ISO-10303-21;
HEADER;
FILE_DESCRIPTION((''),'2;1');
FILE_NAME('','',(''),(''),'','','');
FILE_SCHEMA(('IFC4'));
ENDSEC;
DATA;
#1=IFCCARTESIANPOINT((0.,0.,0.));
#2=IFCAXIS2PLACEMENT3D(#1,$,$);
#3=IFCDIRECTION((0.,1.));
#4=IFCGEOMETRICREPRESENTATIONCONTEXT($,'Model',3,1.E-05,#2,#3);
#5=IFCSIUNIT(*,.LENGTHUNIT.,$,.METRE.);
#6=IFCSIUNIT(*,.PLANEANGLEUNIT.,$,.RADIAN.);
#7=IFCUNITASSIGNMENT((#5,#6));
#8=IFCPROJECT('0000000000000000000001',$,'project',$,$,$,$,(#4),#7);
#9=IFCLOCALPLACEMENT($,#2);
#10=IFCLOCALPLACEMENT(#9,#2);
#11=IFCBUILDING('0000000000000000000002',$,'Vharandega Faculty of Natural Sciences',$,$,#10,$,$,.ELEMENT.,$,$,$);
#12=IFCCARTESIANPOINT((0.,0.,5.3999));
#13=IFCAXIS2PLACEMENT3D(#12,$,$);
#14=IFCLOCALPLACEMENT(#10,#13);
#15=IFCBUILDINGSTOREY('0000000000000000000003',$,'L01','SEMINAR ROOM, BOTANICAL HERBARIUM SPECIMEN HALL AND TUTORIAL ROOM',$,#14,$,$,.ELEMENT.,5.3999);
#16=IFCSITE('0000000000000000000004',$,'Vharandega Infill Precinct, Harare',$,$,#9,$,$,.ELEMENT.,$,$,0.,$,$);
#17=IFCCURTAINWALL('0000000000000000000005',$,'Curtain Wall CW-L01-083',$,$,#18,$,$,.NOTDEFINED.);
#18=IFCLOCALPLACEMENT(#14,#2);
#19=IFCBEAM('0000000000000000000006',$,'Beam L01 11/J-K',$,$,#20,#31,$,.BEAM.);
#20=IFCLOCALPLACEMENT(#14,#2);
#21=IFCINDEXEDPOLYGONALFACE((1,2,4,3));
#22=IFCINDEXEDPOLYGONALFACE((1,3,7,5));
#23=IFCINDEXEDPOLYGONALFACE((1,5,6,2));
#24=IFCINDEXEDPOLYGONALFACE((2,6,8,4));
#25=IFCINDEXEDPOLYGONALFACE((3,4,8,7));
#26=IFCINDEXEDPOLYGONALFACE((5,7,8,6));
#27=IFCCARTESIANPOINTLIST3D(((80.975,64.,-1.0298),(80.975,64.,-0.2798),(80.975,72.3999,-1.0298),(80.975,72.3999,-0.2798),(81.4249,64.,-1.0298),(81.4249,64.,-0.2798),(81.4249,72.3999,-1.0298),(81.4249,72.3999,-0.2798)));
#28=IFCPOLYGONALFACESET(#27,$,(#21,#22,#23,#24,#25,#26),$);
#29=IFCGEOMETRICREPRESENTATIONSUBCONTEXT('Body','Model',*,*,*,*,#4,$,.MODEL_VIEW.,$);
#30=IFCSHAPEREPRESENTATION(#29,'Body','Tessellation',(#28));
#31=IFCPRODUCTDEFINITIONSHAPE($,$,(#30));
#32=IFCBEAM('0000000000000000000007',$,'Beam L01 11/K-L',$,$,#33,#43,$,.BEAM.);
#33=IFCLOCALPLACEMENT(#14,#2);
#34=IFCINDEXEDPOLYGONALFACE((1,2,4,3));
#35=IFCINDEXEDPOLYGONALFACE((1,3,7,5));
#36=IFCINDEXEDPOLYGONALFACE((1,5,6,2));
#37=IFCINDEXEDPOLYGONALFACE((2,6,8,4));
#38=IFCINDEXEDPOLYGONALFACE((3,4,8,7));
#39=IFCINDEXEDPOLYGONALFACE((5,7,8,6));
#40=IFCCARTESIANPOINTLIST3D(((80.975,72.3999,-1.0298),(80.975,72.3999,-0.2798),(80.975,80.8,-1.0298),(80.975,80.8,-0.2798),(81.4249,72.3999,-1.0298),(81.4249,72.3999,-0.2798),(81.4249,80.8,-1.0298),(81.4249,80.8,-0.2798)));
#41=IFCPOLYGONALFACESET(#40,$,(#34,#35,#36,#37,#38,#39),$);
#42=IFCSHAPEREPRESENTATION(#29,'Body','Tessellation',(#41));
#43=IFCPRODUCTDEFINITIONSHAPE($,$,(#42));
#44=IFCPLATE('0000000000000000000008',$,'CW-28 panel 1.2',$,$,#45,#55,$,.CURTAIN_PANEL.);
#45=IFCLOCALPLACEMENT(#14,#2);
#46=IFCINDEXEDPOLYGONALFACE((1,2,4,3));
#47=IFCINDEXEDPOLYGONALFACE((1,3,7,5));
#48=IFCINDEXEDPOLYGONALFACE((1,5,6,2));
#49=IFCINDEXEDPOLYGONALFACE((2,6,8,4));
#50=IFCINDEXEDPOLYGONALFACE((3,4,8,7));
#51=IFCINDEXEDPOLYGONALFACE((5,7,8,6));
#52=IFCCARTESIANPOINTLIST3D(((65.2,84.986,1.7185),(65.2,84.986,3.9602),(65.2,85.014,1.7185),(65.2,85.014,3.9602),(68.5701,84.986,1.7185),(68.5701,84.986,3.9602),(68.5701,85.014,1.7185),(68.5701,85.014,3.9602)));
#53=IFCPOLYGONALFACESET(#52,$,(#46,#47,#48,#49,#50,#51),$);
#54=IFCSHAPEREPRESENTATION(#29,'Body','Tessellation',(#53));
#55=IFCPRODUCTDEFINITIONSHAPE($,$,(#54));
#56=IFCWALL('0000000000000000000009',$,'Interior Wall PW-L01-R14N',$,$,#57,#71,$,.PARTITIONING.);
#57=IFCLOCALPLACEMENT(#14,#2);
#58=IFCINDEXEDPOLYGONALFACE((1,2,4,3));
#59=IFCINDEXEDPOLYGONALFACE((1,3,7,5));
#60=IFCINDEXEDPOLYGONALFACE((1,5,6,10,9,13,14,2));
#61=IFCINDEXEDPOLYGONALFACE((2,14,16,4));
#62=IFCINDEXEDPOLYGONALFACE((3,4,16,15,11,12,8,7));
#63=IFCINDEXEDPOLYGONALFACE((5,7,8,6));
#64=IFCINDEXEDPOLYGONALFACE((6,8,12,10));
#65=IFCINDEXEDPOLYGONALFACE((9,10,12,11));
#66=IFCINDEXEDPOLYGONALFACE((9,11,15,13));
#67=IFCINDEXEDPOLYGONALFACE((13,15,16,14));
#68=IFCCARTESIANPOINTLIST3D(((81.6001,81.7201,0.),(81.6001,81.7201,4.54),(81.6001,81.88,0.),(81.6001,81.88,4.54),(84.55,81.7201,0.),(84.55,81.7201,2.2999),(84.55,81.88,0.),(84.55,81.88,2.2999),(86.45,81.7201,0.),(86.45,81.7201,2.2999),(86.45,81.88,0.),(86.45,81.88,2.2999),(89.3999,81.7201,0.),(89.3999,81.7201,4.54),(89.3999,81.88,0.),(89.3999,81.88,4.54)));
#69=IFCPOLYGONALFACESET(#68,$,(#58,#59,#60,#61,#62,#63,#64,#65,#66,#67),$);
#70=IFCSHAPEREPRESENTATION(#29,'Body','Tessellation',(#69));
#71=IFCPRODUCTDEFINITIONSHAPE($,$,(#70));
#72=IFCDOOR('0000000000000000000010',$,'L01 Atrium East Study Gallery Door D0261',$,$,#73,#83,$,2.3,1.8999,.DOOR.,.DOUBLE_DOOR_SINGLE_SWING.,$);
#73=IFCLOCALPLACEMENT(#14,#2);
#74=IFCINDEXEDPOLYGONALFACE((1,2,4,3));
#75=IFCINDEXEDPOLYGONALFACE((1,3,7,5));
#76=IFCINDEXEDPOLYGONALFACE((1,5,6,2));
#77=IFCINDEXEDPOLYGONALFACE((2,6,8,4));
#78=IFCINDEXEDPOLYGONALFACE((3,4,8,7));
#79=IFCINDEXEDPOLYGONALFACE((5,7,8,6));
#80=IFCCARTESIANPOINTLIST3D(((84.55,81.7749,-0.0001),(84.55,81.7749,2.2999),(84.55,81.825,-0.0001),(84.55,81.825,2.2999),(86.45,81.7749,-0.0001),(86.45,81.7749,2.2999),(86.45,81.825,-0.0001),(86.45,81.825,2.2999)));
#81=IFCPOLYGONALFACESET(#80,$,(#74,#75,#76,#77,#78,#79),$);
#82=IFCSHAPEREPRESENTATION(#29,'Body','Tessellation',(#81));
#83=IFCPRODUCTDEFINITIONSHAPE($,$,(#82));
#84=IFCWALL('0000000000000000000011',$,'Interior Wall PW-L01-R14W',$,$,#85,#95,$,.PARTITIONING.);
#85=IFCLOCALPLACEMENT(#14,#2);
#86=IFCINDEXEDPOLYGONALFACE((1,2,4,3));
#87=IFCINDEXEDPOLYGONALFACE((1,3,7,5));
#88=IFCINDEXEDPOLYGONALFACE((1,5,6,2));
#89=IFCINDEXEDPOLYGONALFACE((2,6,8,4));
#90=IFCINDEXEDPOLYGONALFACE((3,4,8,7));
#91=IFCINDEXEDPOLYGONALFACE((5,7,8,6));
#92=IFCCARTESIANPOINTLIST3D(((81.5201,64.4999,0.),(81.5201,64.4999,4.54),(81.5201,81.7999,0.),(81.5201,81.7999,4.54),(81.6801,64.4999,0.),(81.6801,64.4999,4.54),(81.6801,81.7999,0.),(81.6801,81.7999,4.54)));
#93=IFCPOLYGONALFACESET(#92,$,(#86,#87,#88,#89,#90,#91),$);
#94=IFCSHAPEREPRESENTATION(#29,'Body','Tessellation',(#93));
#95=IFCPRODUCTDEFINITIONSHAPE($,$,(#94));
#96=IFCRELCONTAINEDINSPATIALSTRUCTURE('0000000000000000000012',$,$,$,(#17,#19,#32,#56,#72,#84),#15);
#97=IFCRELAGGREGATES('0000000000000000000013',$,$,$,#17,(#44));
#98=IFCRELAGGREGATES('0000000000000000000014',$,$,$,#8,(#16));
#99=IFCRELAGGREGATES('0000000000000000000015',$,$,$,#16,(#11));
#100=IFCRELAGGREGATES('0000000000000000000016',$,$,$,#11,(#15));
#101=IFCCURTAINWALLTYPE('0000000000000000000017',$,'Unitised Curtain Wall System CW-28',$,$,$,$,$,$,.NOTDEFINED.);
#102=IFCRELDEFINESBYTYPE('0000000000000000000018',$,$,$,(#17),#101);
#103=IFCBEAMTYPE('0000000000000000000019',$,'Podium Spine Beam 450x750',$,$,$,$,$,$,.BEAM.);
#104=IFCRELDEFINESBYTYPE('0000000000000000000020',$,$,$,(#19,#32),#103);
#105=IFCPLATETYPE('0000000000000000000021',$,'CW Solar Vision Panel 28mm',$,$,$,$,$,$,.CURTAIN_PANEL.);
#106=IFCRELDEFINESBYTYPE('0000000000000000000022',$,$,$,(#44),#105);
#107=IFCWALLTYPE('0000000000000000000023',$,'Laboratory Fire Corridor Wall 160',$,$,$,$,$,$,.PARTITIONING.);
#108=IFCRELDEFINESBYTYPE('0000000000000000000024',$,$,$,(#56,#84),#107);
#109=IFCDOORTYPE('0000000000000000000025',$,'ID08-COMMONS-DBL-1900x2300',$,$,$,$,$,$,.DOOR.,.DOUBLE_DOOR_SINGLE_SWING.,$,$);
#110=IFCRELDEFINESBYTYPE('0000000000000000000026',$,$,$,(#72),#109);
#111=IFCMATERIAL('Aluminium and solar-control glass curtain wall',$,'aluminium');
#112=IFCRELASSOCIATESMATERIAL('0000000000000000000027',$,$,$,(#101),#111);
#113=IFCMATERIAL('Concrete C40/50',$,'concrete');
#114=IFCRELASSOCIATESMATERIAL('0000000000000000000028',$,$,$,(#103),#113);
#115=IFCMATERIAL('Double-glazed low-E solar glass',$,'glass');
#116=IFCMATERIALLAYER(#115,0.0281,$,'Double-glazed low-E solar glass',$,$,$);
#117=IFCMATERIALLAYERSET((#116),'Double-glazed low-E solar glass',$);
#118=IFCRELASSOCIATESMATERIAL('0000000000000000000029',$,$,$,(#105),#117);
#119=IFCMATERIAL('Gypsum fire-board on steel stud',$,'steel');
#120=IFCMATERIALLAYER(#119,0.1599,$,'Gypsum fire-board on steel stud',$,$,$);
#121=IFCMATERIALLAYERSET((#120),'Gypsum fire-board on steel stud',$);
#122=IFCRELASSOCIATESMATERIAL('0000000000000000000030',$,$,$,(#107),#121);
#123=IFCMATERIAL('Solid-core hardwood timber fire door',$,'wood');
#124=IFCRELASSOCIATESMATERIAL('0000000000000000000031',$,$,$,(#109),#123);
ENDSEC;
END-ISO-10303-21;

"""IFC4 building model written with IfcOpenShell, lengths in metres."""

from ifc_helpers import new_model, si_unit, direction, frame, frame_2d, origin, origin_2d, place, context, subcontext, project, spatial, rectangle, extrude, material, layer, layer_set, material_profile, profile_set, type_object, element, fill, aggregate, save


model = new_model("IFC4")

# Units and contexts
model_context = context("Model", 3, precision=1e-05, world=origin(), true_north=direction((0.0, 1.0)))
body_context = subcontext(model_context, "Body", "Model", "MODEL_VIEW")
ifc_project = project(units=[si_unit("LENGTHUNIT", "METRE"), si_unit("PLANEANGLEUNIT", "RADIAN")], contexts=[model_context])

# Site, building, storey
site_placement = place(None, origin())
site = spatial("IfcSite", under=ifc_project, at=site_placement, Name="Vharandega Infill Precinct, Harare", CompositionType="ELEMENT", RefElevation=0.0)
building_placement = place(site_placement, origin())
building = spatial("IfcBuilding", under=site, at=building_placement, Name="Vharandega Faculty of Natural Sciences", CompositionType="ELEMENT")
storey_placement = place(building_placement, frame((0.0, 0.0, 5.3999)))
storey = spatial("IfcBuildingStorey", under=building, at=storey_placement, Name="L01", Description="SEMINAR ROOM, BOTANICAL HERBARIUM SPECIMEN HALL AND TUTORIAL ROOM", CompositionType="ELEMENT", Elevation=5.3999)

# Curtain wall
ifc_material_1 = material(Name="Aluminium and solar-control glass curtain wall", Category="aluminium")
curtain_wall_type = type_object("IfcCurtainWallType", Name="Unitised Curtain Wall System CW-28", PredefinedType="NOTDEFINED", material=ifc_material_1)
curtain_wall_placement = place(storey_placement, origin())
curtain_wall = element("IfcCurtainWall", 1, at=curtain_wall_placement, inside=storey, type_object=curtain_wall_type, Name="Curtain Wall CW-L01-083", PredefinedType="NOTDEFINED")

# Beams
ifc_material_2 = material(Name="Concrete C40/50", Category="concrete")
ifc_material_profile_1 = material_profile(ifc_material_2, rectangle(XDim=0.45, YDim=0.75, at=origin_2d()), Name="RC 450x750")
ifc_profile_set_1 = profile_set([ifc_material_profile_1], Name="Concrete C40/50")
beam_type_1 = type_object("IfcBeamType", Name="Podium Spine Beam 450x750", PredefinedType="BEAM", material=ifc_profile_set_1)
beam_1_placement = place(storey_placement, frame((81.2, 64.0, -0.6548), z_axis=(0.0, 1.0, 0.0), x_axis=(-1.0, 0.0, 0.0)))
element("IfcBeam", 2, at=beam_1_placement, inside=storey, type_object=beam_type_1, Name="Beam L01 11/J-K", PredefinedType="BEAM", context=body_context, shape_type="SweptSolid", body=[
    extrude(rectangle(XDim=0.45, YDim=0.75, at=origin_2d()), origin(), (0.0, 0.0, 1.0), 8.3999),
])
beam_2_placement = place(storey_placement, frame((81.2, 72.3999, -0.6548), z_axis=(0.0, 1.0, 0.0), x_axis=(-1.0, 0.0, 0.0)))
element("IfcBeam", 3, at=beam_2_placement, inside=storey, type_object=beam_type_1, Name="Beam L01 11/K-L", PredefinedType="BEAM", context=body_context, shape_type="SweptSolid", body=[
    extrude(rectangle(XDim=0.45, YDim=0.75, at=origin_2d()), origin(), (0.0, 0.0, 1.0), 8.4001),
])

# Plate
ifc_material_3 = material(Name="Double-glazed low-E solar glass", Category="glass")
ifc_layer_1 = layer(ifc_material_3, 0.0281, Name="Double-glazed low-E solar glass")
ifc_layer_set_1 = layer_set([ifc_layer_1], Name="Double-glazed low-E solar glass")
plate_type = type_object("IfcPlateType", Name="CW Solar Vision Panel 28mm", PredefinedType="CURTAIN_PANEL", material=ifc_layer_set_1)
plate_placement = place(storey_placement, frame((66.885, 85.0, 1.7185), z_axis=(0.0, 0.0, 1.0), x_axis=(1.0, 0.0, 0.0)))
plate = element("IfcPlate", 4, at=plate_placement, type_object=plate_type, Name="CW-28 panel 1.2", PredefinedType="CURTAIN_PANEL", context=body_context, shape_type="SweptSolid", body=[
    extrude(rectangle(XDim=3.3701, YDim=0.0281, at=origin_2d()), origin(), (0.0, 0.0, 1.0), 2.2417),
])
aggregate(curtain_wall, [plate])

# Wall, opening, door
ifc_material_4 = material(Name="Gypsum fire-board on steel stud", Category="steel")
ifc_layer_2 = layer(ifc_material_4, 0.1599, Name="Gypsum fire-board on steel stud")
ifc_layer_set_2 = layer_set([ifc_layer_2], Name="Gypsum fire-board on steel stud")
wall_type = type_object("IfcWallType", Name="Laboratory Fire Corridor Wall 160", PredefinedType="PARTITIONING", material=ifc_layer_set_2)
wall_1_placement = place(storey_placement, frame((81.6001, 81.8, 0.0), z_axis=(0.0, 0.0, 1.0), x_axis=(1.0, 0.0, 0.0)))
wall_1 = element("IfcWall", 5, at=wall_1_placement, inside=storey, type_object=wall_type, Name="Interior Wall PW-L01-R14N", PredefinedType="PARTITIONING", context=body_context, shape_type="SweptSolid", body=[
    extrude(rectangle(XDim=7.7998, YDim=0.1599, at=frame_2d((3.8999, 0.0))), origin(), (0.0, 0.0, 1.0), 4.54),
])
opening_placement = place(wall_1_placement, frame((2.95, 0.0, 0.0)))
opening = element("IfcOpeningElement", 6, at=opening_placement, cuts=wall_1, PredefinedType="OPENING", context=body_context, shape_type="SweptSolid", body=[
    extrude(rectangle(XDim=1.8999, YDim=2.3, at=frame_2d((0.95, 1.1499))), frame((0.0, 0.0898, 0.0), z_axis=(0.0, -1.0, 0.0), x_axis=(1.0, 0.0, 0.0)), (0.0, 0.0, 1.0), 0.1799),
])
ifc_material_5 = material(Name="Solid-core hardwood timber fire door", Category="wood")
door_type = type_object("IfcDoorType", Name="ID08-COMMONS-DBL-1900x2300", OperationType="DOUBLE_DOOR_SINGLE_SWING", PredefinedType="DOOR", material=ifc_material_5)
door_placement = place(opening_placement, origin())
door = element("IfcDoor", 7, at=door_placement, inside=storey, type_object=door_type, Name="L01 Atrium East Study Gallery Door D0261", OperationType="DOUBLE_DOOR_SINGLE_SWING", OverallHeight=2.3, OverallWidth=1.8999, PredefinedType="DOOR", context=body_context, shape_type="SweptSolid", body=[
    extrude(rectangle(XDim=1.8999, YDim=2.3, at=frame_2d((0.95, 1.1499))), frame((0.0, 0.0249, 0.0), z_axis=(0.0, -1.0, 0.0), x_axis=(1.0, 0.0, 0.0)), (0.0, 0.0, 1.0), 0.05),
])
fill(opening, door)

# Wall
wall_2_placement = place(storey_placement, frame((81.6001, 64.5, 0.0), z_axis=(0.0, 0.0, 1.0), x_axis=(0.0, 1.0, 0.0)))
element("IfcWall", 8, at=wall_2_placement, inside=storey, type_object=wall_type, Name="Interior Wall PW-L01-R14W", PredefinedType="PARTITIONING", context=body_context, shape_type="SweptSolid", body=[
    extrude(rectangle(XDim=17.3, YDim=0.1599, at=frame_2d((8.6499, 0.0))), origin(), (0.0, 0.0, 1.0), 4.54),
])

save(model, "model.ifc")
